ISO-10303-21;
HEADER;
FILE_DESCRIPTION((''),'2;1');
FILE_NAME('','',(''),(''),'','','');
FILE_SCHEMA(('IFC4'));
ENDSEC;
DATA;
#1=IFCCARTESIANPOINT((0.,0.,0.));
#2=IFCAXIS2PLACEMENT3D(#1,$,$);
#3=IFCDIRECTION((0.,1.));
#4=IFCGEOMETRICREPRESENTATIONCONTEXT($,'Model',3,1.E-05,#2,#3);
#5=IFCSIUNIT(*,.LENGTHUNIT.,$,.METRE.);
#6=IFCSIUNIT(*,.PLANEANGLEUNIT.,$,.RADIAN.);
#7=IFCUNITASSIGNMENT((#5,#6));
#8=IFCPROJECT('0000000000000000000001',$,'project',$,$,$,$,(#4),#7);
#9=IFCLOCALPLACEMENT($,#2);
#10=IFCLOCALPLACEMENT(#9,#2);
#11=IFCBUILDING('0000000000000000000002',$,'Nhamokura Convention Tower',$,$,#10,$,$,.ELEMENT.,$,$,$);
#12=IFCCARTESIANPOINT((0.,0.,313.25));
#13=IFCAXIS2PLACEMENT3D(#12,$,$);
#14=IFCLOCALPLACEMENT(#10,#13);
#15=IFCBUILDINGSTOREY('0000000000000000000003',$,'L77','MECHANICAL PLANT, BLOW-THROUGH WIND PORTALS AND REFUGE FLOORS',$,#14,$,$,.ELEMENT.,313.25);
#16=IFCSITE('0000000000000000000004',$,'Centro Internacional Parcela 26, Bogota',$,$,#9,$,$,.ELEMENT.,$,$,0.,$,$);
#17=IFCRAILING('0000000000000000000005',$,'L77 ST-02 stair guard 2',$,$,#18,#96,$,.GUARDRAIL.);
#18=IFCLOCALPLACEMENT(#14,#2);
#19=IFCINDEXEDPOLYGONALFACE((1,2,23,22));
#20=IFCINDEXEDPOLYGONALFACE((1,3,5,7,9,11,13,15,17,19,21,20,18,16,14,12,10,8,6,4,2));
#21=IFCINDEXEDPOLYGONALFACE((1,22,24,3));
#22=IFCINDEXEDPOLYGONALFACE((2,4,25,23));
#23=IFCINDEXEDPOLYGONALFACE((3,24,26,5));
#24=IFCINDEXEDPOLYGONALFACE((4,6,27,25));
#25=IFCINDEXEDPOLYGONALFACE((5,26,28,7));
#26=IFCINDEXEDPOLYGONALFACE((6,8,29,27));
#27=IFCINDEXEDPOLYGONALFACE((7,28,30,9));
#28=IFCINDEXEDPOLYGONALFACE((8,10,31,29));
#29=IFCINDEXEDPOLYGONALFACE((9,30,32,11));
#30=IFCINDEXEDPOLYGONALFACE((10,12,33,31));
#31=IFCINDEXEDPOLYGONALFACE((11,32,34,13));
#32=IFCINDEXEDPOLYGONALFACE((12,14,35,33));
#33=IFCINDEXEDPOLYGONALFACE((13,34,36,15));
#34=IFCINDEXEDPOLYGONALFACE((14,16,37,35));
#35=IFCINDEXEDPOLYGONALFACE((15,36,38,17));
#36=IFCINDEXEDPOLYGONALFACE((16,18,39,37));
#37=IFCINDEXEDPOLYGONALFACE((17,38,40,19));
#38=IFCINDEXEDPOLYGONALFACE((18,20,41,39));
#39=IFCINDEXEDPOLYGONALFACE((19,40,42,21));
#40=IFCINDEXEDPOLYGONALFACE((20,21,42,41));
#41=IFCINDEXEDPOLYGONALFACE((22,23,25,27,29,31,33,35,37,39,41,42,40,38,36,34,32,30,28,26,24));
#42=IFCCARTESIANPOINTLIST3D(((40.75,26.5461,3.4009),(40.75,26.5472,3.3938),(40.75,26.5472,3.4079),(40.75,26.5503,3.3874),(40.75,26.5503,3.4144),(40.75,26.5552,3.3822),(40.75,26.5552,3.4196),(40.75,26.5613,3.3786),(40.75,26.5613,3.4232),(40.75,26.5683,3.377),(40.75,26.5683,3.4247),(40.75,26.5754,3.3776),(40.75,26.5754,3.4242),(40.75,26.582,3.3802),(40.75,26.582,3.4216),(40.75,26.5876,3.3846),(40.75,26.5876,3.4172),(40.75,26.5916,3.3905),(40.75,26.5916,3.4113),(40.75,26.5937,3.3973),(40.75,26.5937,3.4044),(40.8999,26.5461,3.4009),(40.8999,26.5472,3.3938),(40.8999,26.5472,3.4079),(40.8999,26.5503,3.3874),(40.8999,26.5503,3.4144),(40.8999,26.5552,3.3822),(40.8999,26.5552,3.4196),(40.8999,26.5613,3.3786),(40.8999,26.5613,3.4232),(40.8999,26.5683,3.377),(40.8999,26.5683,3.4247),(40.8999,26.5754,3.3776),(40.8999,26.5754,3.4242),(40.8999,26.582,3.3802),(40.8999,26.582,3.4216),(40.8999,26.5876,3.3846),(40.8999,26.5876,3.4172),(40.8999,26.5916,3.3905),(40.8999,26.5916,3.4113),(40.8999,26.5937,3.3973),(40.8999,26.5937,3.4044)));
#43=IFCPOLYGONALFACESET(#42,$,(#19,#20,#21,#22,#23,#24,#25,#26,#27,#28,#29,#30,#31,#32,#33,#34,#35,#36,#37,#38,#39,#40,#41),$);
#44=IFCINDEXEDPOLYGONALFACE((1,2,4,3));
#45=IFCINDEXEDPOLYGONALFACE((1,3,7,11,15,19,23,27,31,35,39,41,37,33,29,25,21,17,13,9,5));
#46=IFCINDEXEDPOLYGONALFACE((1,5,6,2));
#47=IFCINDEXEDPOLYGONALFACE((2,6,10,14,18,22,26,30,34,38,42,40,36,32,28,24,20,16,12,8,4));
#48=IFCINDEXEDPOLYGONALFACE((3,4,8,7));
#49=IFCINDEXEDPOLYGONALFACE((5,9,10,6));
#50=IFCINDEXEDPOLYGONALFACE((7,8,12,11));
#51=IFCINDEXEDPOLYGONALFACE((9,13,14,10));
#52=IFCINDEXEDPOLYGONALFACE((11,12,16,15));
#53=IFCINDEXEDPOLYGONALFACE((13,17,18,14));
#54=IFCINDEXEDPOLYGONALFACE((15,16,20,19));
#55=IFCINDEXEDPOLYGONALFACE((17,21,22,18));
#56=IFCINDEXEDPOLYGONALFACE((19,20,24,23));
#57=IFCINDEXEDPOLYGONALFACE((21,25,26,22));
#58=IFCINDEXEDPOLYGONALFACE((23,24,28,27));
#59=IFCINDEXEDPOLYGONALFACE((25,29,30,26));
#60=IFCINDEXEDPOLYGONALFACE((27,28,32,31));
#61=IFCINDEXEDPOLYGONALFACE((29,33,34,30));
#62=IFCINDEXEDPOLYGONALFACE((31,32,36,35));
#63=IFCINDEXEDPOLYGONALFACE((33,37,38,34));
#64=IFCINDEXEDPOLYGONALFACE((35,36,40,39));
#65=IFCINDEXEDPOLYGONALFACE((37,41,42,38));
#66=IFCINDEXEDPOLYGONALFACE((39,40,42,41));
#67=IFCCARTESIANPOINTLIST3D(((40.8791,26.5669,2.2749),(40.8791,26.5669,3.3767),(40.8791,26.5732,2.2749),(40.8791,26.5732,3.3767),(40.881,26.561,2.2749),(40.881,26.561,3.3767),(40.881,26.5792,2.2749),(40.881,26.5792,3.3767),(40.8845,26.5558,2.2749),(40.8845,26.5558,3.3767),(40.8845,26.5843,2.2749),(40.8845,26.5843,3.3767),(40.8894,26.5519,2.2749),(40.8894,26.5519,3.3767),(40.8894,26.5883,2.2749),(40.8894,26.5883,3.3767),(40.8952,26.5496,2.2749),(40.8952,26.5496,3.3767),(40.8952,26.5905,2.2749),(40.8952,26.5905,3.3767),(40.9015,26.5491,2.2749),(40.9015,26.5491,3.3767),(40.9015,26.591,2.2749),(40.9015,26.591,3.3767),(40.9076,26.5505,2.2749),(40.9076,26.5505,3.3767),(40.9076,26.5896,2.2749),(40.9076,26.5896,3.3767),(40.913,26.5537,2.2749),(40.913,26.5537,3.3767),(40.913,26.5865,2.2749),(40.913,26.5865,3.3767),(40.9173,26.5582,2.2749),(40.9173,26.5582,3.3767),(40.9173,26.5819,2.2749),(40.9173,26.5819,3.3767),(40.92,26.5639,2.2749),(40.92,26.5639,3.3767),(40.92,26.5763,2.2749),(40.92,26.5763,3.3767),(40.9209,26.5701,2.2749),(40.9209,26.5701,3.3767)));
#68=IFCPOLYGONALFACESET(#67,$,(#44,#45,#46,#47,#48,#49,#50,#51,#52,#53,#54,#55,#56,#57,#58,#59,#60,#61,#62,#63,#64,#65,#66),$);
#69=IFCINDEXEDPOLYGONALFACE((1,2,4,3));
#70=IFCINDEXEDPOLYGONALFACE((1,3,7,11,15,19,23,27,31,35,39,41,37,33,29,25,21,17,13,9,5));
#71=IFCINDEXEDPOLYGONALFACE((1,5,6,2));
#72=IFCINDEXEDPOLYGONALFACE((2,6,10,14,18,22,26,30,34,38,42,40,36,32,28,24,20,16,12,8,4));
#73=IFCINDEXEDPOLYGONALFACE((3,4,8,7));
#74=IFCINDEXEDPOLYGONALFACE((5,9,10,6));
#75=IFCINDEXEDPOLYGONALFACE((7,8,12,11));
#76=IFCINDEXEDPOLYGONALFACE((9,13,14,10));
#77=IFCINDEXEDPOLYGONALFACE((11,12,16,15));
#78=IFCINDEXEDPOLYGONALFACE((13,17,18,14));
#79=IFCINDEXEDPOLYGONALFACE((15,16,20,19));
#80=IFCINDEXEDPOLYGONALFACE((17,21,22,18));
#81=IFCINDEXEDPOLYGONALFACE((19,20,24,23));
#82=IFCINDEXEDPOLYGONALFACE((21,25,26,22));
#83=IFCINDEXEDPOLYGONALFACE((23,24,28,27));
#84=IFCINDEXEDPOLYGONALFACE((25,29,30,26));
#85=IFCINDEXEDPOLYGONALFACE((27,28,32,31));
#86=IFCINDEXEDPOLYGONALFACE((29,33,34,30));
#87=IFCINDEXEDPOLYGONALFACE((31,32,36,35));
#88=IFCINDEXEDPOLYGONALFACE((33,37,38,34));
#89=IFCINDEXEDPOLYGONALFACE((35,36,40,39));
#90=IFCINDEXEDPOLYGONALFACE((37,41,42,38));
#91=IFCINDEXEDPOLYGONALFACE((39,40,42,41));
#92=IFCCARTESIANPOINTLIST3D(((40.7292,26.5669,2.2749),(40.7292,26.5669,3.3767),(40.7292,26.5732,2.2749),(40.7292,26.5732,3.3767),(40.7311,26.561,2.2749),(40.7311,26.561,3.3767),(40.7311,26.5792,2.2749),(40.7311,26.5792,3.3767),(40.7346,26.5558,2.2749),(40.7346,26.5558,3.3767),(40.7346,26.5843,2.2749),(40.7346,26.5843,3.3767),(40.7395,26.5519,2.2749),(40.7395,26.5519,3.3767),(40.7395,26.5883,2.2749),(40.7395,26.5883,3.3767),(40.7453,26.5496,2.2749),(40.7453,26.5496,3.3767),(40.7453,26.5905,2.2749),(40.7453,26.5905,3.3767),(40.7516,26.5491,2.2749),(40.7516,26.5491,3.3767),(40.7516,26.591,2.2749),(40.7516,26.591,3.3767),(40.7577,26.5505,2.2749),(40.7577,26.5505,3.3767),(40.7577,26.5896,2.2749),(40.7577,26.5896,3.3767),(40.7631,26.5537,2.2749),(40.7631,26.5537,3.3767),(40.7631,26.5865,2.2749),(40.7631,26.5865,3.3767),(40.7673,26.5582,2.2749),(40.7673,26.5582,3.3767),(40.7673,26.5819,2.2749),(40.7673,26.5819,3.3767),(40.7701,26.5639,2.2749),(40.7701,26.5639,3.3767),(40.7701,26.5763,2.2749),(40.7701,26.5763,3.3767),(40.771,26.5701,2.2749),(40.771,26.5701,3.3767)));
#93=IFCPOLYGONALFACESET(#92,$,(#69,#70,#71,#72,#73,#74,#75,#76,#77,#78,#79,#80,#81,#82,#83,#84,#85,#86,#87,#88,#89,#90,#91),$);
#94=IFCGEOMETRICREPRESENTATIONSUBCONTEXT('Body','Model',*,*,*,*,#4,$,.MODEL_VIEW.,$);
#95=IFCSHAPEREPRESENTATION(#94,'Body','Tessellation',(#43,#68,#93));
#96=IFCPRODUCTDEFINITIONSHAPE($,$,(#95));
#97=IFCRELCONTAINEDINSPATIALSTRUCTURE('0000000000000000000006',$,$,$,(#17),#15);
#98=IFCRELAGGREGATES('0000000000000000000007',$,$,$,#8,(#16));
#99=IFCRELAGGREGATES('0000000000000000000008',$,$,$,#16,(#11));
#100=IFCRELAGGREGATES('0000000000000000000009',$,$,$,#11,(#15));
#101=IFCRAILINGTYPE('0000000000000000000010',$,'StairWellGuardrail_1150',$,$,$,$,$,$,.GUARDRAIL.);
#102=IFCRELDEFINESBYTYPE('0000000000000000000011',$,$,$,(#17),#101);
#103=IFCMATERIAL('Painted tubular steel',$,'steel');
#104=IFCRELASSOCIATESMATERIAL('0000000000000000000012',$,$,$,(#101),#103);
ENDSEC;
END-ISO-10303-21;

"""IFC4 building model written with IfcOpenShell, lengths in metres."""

from ifc_helpers import new_model, si_unit, direction, frame, origin, origin_2d, place, context, subcontext, project, spatial, circle, extrude, material, type_object, element, save


model = new_model("IFC4")

# Units and contexts
model_context = context("Model", 3, precision=1e-05, world=origin(), true_north=direction((0.0, 1.0)))
body_context = subcontext(model_context, "Body", "Model", "MODEL_VIEW")
ifc_project = project(units=[si_unit("LENGTHUNIT", "METRE"), si_unit("PLANEANGLEUNIT", "RADIAN")], contexts=[model_context])

# Site, building, storey
site_placement = place(None, origin())
site = spatial("IfcSite", under=ifc_project, at=site_placement, Name="Centro Internacional Parcela 26, Bogota", CompositionType="ELEMENT", RefElevation=0.0)
building_placement = place(site_placement, origin())
building = spatial("IfcBuilding", under=site, at=building_placement, Name="Nhamokura Convention Tower", CompositionType="ELEMENT")
storey_placement = place(building_placement, frame((0.0, 0.0, 313.25)))
storey = spatial("IfcBuildingStorey", under=building, at=storey_placement, Name="L77", Description="MECHANICAL PLANT, BLOW-THROUGH WIND PORTALS AND REFUGE FLOORS", CompositionType="ELEMENT", Elevation=313.25)

# Railing
ifc_material_1 = material(Name="Painted tubular steel", Category="steel")
railing_type_1 = type_object("IfcRailingType", Name="StairWellGuardrail_1150", PredefinedType="GUARDRAIL", material=ifc_material_1)
railing_1_placement = place(storey_placement, frame((40.8999, 26.5701, 2.2749)))
element("IfcRailing", 1, at=railing_1_placement, inside=storey, type_object=railing_type_1, Name="L77 ST-02 stair guard 2", PredefinedType="GUARDRAIL", context=body_context, shape_type="SweptSolid", body=[
    extrude(circle(Radius=0.0239, at=origin_2d()), frame((0.0, 0.0, 1.126), z_axis=(-1.0, 0.0, 0.0), x_axis=(0.0, -1.0, 0.0)), (0.0, 0.0, 1.0), 0.1499),
    extrude(circle(Radius=0.021, at=origin_2d()), origin(), (0.0, 0.0, 1.0), 1.1018),
    extrude(circle(Radius=0.021, at=origin_2d()), frame((-0.1499, 0.0, 0.0)), (0.0, 0.0, 1.0), 1.1018),
])

save(model, "model.ifc")
